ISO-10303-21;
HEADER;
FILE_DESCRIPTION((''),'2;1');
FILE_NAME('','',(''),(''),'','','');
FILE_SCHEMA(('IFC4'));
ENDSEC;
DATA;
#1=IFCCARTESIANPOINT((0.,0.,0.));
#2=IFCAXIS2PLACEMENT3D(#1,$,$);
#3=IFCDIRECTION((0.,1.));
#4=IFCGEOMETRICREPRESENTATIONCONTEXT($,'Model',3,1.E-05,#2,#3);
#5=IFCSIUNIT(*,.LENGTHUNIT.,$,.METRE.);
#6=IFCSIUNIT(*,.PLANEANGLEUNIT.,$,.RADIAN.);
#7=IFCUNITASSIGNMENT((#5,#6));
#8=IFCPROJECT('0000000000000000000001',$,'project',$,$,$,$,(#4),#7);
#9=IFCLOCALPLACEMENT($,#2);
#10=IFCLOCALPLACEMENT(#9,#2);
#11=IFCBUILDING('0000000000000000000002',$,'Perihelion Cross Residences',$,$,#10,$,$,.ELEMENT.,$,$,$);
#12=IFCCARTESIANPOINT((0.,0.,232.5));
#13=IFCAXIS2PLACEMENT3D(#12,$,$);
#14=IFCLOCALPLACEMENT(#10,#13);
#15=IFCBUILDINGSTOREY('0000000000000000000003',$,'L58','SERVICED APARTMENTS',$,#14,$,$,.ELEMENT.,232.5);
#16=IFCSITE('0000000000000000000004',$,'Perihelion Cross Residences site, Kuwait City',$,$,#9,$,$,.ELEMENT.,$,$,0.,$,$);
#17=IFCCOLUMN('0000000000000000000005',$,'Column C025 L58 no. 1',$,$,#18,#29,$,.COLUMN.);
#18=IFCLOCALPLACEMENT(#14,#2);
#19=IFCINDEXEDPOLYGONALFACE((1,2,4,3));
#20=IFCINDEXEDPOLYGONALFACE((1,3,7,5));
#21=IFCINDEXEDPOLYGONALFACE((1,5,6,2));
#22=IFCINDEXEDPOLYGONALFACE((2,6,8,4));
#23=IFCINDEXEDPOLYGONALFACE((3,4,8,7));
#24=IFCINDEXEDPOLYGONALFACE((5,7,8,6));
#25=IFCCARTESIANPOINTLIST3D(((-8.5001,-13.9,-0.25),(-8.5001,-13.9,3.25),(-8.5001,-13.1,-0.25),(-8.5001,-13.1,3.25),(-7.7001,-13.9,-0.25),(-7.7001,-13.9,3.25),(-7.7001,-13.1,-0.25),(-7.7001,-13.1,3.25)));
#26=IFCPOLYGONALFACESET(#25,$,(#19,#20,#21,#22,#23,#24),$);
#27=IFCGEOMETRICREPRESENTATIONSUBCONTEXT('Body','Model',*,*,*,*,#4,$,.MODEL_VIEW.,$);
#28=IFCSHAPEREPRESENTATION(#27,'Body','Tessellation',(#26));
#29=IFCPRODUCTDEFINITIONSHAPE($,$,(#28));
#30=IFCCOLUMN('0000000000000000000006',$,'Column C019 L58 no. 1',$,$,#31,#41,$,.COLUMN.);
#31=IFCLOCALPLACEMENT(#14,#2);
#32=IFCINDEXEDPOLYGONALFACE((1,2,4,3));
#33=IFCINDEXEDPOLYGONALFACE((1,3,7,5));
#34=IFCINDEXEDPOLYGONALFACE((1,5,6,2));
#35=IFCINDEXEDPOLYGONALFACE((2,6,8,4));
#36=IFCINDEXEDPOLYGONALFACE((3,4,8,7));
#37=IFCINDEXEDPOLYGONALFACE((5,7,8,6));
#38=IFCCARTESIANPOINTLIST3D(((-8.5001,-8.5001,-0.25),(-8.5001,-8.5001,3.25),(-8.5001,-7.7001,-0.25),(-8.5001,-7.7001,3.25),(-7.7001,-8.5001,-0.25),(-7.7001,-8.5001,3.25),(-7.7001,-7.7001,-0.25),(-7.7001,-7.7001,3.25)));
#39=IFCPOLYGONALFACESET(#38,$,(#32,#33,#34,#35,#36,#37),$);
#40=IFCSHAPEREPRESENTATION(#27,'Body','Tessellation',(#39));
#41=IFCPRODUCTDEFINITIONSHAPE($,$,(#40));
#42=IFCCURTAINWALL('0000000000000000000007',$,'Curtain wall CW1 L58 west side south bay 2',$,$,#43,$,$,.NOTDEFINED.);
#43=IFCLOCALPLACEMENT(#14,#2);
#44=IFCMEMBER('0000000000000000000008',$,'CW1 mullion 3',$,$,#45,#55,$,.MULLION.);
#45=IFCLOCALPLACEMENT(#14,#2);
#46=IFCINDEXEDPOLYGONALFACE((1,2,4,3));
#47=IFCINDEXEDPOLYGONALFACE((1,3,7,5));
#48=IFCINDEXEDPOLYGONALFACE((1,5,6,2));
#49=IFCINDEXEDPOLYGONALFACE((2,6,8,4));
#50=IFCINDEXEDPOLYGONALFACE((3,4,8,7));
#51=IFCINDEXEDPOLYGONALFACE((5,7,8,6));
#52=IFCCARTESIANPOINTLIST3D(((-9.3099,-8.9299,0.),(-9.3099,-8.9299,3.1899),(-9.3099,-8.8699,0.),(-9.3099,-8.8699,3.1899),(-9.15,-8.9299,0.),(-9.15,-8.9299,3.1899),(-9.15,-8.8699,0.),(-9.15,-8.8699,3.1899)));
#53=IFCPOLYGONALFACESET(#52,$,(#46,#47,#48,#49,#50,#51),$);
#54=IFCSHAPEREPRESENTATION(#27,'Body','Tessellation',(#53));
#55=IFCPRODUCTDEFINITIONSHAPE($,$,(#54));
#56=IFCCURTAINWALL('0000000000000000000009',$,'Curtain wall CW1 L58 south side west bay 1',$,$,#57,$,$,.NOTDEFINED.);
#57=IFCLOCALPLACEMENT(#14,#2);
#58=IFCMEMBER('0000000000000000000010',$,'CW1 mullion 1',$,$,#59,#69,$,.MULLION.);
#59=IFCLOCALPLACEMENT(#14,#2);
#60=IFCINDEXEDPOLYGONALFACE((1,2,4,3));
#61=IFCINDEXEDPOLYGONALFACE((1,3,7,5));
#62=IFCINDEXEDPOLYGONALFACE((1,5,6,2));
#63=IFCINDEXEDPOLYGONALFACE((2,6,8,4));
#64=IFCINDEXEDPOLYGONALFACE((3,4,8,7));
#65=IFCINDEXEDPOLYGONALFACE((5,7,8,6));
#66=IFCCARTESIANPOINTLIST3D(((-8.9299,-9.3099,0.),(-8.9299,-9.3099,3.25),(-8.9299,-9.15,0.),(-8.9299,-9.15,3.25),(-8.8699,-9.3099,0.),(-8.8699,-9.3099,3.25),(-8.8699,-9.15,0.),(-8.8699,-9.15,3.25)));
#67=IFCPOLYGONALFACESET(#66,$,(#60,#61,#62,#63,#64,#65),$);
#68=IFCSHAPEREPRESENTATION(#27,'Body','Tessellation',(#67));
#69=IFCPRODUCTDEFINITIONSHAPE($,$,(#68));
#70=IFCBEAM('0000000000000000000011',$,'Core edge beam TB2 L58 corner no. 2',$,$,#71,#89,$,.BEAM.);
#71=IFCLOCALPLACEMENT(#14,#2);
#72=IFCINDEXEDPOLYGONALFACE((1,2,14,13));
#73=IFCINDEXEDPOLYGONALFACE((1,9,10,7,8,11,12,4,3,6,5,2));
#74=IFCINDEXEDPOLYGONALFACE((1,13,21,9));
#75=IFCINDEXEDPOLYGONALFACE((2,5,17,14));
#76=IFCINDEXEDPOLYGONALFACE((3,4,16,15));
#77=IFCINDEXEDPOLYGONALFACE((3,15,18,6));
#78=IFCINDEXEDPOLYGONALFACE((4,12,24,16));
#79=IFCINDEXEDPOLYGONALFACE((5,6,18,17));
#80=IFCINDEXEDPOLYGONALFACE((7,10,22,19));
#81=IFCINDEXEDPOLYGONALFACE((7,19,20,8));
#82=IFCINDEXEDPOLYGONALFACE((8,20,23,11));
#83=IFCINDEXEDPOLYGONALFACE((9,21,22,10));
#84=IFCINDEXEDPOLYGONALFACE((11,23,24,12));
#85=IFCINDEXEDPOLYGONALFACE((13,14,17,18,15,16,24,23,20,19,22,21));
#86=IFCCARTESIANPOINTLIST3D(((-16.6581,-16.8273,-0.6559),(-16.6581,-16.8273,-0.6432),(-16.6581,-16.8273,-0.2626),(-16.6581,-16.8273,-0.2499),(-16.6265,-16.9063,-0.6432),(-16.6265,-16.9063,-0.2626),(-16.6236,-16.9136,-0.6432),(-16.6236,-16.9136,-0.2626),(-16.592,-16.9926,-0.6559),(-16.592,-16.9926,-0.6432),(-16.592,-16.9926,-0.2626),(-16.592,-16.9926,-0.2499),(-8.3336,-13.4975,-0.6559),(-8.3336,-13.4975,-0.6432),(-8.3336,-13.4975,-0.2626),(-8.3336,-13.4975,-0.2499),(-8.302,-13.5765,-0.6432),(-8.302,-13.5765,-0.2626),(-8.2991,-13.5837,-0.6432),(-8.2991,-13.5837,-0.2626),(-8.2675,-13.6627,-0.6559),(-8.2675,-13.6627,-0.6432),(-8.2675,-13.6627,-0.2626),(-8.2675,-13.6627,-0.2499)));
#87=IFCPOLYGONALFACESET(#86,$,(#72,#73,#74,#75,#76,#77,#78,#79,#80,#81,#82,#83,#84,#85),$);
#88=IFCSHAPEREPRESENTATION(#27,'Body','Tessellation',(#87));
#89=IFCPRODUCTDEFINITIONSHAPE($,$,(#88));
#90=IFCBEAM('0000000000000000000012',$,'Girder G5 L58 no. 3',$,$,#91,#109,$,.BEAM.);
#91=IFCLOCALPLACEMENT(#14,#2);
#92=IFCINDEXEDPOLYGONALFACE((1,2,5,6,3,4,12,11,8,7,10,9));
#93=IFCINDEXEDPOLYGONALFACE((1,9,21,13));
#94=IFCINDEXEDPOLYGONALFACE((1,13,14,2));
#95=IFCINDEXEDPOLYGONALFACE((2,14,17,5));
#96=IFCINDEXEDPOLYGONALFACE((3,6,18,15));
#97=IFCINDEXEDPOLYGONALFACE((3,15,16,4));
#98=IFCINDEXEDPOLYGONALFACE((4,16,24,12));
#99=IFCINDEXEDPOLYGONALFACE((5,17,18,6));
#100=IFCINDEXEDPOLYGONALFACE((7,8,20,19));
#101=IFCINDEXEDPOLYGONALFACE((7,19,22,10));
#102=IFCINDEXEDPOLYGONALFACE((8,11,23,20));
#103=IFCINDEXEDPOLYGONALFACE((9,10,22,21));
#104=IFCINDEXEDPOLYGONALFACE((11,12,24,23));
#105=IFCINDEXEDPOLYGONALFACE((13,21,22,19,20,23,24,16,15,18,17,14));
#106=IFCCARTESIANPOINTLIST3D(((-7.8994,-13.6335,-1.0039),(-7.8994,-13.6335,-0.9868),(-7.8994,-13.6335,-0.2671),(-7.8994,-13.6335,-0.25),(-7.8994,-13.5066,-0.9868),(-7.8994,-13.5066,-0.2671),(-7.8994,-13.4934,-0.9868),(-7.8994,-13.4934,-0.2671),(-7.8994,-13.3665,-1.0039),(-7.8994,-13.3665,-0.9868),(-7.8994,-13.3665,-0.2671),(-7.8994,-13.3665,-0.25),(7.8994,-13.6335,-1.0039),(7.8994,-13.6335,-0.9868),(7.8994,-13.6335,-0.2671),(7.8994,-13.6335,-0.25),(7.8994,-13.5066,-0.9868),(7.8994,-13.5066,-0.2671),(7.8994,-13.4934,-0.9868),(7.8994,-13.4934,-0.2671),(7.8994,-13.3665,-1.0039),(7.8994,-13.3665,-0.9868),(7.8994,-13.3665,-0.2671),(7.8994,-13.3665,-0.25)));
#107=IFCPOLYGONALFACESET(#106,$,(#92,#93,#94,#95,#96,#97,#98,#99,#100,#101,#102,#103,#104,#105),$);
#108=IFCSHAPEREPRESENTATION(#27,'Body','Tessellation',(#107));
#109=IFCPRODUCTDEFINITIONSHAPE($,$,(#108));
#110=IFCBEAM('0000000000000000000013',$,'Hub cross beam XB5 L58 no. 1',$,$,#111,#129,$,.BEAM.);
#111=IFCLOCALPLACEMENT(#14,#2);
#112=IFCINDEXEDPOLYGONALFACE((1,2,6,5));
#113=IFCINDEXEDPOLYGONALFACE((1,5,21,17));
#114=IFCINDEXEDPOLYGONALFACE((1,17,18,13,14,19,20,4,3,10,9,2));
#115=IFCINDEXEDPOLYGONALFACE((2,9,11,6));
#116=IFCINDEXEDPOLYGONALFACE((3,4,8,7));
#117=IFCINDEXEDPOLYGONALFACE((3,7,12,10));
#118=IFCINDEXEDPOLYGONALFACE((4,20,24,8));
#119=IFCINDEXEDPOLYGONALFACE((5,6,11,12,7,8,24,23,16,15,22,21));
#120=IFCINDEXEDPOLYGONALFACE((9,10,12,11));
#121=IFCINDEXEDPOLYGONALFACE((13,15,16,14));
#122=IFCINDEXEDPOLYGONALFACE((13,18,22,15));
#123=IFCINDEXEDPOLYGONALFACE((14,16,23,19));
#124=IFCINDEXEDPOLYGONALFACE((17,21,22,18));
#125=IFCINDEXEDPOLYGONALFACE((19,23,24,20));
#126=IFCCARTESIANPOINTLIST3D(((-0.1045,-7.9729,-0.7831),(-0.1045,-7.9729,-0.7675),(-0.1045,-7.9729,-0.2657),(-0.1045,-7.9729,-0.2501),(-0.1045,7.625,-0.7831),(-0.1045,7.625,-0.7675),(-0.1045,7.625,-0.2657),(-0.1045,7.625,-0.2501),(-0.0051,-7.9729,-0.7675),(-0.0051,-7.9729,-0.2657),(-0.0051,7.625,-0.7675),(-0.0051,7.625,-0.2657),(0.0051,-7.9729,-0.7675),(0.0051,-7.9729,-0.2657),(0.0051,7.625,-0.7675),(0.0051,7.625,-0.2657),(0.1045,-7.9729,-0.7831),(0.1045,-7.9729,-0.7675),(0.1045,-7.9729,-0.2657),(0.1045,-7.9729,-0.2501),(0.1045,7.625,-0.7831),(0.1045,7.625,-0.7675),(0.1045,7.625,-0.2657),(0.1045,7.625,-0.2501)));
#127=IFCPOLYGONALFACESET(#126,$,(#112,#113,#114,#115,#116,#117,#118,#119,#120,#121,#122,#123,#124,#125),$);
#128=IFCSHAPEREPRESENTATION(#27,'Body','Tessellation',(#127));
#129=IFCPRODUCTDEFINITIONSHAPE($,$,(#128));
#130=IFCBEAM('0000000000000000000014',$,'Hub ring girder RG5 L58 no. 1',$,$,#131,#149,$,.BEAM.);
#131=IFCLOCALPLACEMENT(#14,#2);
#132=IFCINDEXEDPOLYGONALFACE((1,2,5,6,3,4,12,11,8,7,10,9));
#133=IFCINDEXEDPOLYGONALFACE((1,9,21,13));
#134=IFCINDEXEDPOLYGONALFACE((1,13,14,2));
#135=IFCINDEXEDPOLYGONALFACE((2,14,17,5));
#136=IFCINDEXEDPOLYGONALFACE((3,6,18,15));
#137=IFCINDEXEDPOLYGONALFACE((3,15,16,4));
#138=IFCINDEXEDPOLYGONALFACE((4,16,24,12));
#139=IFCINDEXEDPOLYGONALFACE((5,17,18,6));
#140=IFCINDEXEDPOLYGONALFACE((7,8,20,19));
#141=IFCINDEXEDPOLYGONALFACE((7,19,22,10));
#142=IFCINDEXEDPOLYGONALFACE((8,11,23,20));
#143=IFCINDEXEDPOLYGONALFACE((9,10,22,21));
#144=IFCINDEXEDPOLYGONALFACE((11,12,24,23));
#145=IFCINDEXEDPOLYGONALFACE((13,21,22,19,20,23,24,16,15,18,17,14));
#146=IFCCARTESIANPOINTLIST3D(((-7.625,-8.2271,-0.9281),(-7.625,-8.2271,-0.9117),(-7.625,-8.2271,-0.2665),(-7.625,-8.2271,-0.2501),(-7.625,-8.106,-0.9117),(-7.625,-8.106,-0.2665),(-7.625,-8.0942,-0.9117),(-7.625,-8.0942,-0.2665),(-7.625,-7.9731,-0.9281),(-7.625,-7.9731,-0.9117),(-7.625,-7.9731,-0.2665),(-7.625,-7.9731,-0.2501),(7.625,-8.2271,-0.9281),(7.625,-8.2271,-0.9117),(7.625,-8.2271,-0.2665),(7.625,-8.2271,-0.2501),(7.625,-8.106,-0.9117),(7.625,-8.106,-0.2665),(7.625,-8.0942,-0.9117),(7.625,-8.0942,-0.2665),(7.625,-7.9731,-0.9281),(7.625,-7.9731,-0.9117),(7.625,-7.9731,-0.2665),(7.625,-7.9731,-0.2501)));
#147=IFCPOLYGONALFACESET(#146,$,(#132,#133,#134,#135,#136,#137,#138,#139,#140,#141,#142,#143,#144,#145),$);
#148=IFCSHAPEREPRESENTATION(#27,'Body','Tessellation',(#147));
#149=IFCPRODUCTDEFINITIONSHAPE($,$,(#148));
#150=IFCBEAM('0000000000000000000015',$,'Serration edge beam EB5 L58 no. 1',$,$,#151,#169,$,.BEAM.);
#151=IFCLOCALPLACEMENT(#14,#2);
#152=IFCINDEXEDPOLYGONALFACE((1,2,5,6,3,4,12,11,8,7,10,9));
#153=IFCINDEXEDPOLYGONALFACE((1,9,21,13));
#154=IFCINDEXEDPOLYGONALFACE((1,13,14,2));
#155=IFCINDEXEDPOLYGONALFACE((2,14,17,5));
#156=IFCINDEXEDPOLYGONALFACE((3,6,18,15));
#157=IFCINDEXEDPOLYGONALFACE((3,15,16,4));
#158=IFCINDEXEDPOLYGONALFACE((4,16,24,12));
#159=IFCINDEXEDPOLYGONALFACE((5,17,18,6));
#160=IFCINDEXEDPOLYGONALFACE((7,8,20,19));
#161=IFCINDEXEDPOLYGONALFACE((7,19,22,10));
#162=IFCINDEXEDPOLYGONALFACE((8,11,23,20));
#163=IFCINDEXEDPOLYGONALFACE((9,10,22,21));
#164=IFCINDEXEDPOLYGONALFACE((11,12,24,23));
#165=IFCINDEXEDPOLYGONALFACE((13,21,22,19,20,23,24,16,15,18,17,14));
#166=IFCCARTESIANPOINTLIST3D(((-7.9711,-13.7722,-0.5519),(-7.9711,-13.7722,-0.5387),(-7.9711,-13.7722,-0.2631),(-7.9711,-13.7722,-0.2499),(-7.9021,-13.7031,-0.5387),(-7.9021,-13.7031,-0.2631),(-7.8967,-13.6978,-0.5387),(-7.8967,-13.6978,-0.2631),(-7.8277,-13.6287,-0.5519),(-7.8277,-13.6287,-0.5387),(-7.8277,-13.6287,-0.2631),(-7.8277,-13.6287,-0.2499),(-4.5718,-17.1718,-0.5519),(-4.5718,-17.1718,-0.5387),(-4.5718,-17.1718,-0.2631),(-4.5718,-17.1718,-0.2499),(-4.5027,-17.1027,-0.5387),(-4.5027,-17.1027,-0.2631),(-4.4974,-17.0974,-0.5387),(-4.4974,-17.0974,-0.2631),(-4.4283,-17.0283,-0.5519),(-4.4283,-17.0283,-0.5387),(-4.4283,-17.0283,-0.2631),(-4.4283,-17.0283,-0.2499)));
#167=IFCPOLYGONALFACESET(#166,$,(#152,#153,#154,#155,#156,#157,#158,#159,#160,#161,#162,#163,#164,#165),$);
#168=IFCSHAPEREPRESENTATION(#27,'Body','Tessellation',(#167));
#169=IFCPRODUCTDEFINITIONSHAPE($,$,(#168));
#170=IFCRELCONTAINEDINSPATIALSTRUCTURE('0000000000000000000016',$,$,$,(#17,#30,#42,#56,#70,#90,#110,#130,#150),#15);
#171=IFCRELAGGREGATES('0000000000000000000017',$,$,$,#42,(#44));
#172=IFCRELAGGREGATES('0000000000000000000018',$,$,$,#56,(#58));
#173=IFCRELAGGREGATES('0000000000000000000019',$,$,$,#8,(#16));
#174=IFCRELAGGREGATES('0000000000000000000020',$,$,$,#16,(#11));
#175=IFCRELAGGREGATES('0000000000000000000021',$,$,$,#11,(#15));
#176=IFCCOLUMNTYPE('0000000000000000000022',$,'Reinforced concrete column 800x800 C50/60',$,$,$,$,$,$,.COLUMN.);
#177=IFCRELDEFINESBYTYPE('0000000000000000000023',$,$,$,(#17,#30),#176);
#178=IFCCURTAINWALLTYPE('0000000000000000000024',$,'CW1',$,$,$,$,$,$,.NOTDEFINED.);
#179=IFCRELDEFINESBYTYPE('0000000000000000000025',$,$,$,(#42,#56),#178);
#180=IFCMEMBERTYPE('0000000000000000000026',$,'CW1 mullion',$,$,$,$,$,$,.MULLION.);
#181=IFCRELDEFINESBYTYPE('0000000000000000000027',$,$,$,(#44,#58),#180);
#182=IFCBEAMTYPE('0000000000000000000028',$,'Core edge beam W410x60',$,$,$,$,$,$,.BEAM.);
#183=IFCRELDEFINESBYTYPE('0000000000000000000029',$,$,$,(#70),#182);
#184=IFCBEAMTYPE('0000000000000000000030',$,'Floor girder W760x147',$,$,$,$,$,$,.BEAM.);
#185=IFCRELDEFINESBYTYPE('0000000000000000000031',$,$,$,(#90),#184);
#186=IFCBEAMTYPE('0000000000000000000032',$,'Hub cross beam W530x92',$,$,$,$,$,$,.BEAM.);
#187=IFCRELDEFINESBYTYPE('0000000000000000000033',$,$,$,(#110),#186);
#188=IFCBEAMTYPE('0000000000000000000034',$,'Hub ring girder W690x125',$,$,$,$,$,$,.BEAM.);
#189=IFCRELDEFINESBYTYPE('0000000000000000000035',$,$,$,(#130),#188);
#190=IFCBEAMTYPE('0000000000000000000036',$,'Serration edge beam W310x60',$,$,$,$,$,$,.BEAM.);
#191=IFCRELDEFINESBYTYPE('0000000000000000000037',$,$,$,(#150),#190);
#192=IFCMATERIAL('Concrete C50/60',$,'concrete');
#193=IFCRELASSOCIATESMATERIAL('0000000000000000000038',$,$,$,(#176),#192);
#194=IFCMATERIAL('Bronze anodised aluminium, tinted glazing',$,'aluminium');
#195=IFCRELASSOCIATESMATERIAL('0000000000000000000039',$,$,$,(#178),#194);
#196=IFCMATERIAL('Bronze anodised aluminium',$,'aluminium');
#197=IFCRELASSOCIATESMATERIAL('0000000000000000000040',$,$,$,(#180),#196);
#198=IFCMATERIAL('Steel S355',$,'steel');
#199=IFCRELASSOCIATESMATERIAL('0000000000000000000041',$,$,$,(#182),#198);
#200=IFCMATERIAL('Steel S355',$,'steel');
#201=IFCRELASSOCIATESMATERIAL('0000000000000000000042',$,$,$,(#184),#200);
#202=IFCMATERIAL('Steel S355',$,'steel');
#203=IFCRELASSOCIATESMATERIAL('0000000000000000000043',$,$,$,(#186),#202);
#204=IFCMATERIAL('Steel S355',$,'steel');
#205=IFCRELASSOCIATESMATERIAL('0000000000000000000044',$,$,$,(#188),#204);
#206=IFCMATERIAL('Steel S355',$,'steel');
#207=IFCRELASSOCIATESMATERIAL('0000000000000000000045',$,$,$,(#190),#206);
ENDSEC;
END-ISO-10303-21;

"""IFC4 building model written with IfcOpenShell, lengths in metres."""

from ifc_helpers import new_model, si_unit, direction, frame, origin, origin_2d, place, context, subcontext, project, spatial, rectangle, i_section, extrude, material, material_profile, profile_set, type_object, element, aggregate, save


model = new_model("IFC4")

# Units and contexts
model_context = context("Model", 3, precision=1e-05, world=origin(), true_north=direction((0.0, 1.0)))
body_context = subcontext(model_context, "Body", "Model", "MODEL_VIEW")
ifc_project = project(units=[si_unit("LENGTHUNIT", "METRE"), si_unit("PLANEANGLEUNIT", "RADIAN")], contexts=[model_context])

# Site, building, storey
site_placement = place(None, origin())
site = spatial("IfcSite", under=ifc_project, at=site_placement, Name="Perihelion Cross Residences site, Kuwait City", CompositionType="ELEMENT", RefElevation=0.0)
building_placement = place(site_placement, origin())
building = spatial("IfcBuilding", under=site, at=building_placement, Name="Perihelion Cross Residences", CompositionType="ELEMENT")
storey_placement = place(building_placement, frame((0.0, 0.0, 232.5)))
storey = spatial("IfcBuildingStorey", under=building, at=storey_placement, Name="L58", Description="SERVICED APARTMENTS", CompositionType="ELEMENT", Elevation=232.5)

# Columns
ifc_material_1 = material(Name="Concrete C50/60", Category="concrete")
ifc_material_profile_1 = material_profile(ifc_material_1, rectangle(XDim=0.8, YDim=0.8, at=origin_2d()), Name="RC 800x800")
ifc_profile_set_1 = profile_set([ifc_material_profile_1], Name="Concrete C50/60")
column_type = type_object("IfcColumnType", Name="Reinforced concrete column 800x800 C50/60", PredefinedType="COLUMN", material=ifc_profile_set_1)
for number, where, z_axis, x_axis, name in (
    (1, (-8.1001, -13.5, -0.25), (0.0, 0.0, 1.0), (1.0, 0.0, 0.0), "Column C025 L58 no. 1"),
    (2, (-8.1001, -8.1001, -0.25), (0.0, 0.0, 1.0), (1.0, 0.0, 0.0), "Column C019 L58 no. 1"),
):
    element("IfcColumn", number, at=place(storey_placement, frame(where, z_axis=z_axis, x_axis=x_axis)), inside=storey, type_object=column_type, Name=name, PredefinedType="COLUMN", context=body_context, shape_type="SweptSolid", body=[
        extrude(rectangle(XDim=0.8, YDim=0.8, at=origin_2d()), origin(), (0.0, 0.0, 1.0), 3.5),
    ])

# Curtain walls, members
ifc_material_2 = material(Name="Bronze anodised aluminium, tinted glazing", Category="aluminium")
curtain_wall_type = type_object("IfcCurtainWallType", Name="CW1", PredefinedType="NOTDEFINED", material=ifc_material_2)
curtain_wall_1_placement = place(storey_placement, origin())
curtain_wall_1 = element("IfcCurtainWall", 3, at=curtain_wall_1_placement, inside=storey, type_object=curtain_wall_type, Name="Curtain wall CW1 L58 west side south bay 2", PredefinedType="NOTDEFINED")
ifc_material_3 = material(Name="Bronze anodised aluminium", Category="aluminium")
ifc_material_profile_2 = material_profile(ifc_material_3, rectangle(XDim=0.0601, YDim=0.1599, at=origin_2d()), Name="CW1 mullion")
ifc_profile_set_2 = profile_set([ifc_material_profile_2], Name="Bronze anodised aluminium")
member_type = type_object("IfcMemberType", Name="CW1 mullion", PredefinedType="MULLION", material=ifc_profile_set_2)
member_1_placement = place(storey_placement, frame((-9.23, -8.8999, 0.0), z_axis=(0.0, 0.0, 1.0), x_axis=(0.0, 1.0, 0.0)))
member_1 = element("IfcMember", 4, at=member_1_placement, type_object=member_type, Name="CW1 mullion 3", PredefinedType="MULLION", context=body_context, shape_type="SweptSolid", body=[
    extrude(rectangle(XDim=0.0601, YDim=0.1599, at=origin_2d()), origin(), (0.0, 0.0, 1.0), 3.1899),
])
curtain_wall_2_placement = place(storey_placement, origin())
curtain_wall_2 = element("IfcCurtainWall", 5, at=curtain_wall_2_placement, inside=storey, type_object=curtain_wall_type, Name="Curtain wall CW1 L58 south side west bay 1", PredefinedType="NOTDEFINED")
member_2_placement = place(storey_placement, frame((-8.8999, -9.23, 0.0), z_axis=(0.0, 0.0, 1.0), x_axis=(1.0, 0.0, 0.0)))
member_2 = element("IfcMember", 6, at=member_2_placement, type_object=member_type, Name="CW1 mullion 1", PredefinedType="MULLION", context=body_context, shape_type="SweptSolid", body=[
    extrude(rectangle(XDim=0.0601, YDim=0.1599, at=origin_2d()), origin(), (0.0, 0.0, 1.0), 3.25),
])

# Beams
ifc_material_4 = material(Name="Steel S355", Category="steel")
ifc_material_profile_3 = material_profile(ifc_material_4, i_section(OverallWidth=0.178, OverallDepth=0.406, WebThickness=0.0078, FlangeThickness=0.0127, at=origin_2d()), Name="W410x60")
ifc_profile_set_3 = profile_set([ifc_material_profile_3], Name="Steel S355")
beam_type_1 = type_object("IfcBeamType", Name="Core edge beam W410x60", PredefinedType="BEAM", material=ifc_profile_set_3)
beam_1_placement = place(storey_placement, frame((-8.3005, -13.5801, -0.4529), z_axis=(-0.928475, -0.371395, 0.0), x_axis=(0.371395, -0.928475, 0.0)))
element("IfcBeam", 7, at=beam_1_placement, inside=storey, type_object=beam_type_1, Name="Core edge beam TB2 L58 corner no. 2", PredefinedType="BEAM", context=body_context, shape_type="SweptSolid", body=[
    extrude(i_section(OverallWidth=0.178, OverallDepth=0.406, WebThickness=0.0078, FlangeThickness=0.0127, at=origin_2d()), origin(), (0.0, 0.0, 1.0), 8.9658),
])
ifc_material_5 = material(Name="Steel S355", Category="steel")
ifc_material_profile_4 = material_profile(ifc_material_5, i_section(OverallWidth=0.2671, OverallDepth=0.7539, WebThickness=0.0132, FlangeThickness=0.0171, at=origin_2d()), Name="W760x147")
ifc_profile_set_4 = profile_set([ifc_material_profile_4], Name="Steel S355")
beam_type_2 = type_object("IfcBeamType", Name="Floor girder W760x147", PredefinedType="BEAM", material=ifc_profile_set_4)
beam_2_placement = place(storey_placement, frame((-7.8994, -13.5, -0.627), z_axis=(1.0, 0.0, 0.0), x_axis=(0.0, 1.0, 0.0)))
element("IfcBeam", 8, at=beam_2_placement, inside=storey, type_object=beam_type_2, Name="Girder G5 L58 no. 3", PredefinedType="BEAM", context=body_context, shape_type="SweptSolid", body=[
    extrude(i_section(OverallWidth=0.2671, OverallDepth=0.7539, WebThickness=0.0132, FlangeThickness=0.0171, at=origin_2d()), origin(), (0.0, 0.0, 1.0), 15.7988),
])
ifc_material_6 = material(Name="Steel S355", Category="steel")
ifc_material_profile_5 = material_profile(ifc_material_6, i_section(OverallWidth=0.209, OverallDepth=0.533, WebThickness=0.0103, FlangeThickness=0.0156, at=origin_2d()), Name="W530x92")
ifc_profile_set_5 = profile_set([ifc_material_profile_5], Name="Steel S355")
beam_type_3 = type_object("IfcBeamType", Name="Hub cross beam W530x92", PredefinedType="BEAM", material=ifc_profile_set_5)
beam_3_placement = place(storey_placement, frame((0.0, -7.9729, -0.5166), z_axis=(0.0, 1.0, 0.0), x_axis=(-1.0, 0.0, 0.0)))
element("IfcBeam", 9, at=beam_3_placement, inside=storey, type_object=beam_type_3, Name="Hub cross beam XB5 L58 no. 1", PredefinedType="BEAM", context=body_context, shape_type="SweptSolid", body=[
    extrude(i_section(OverallWidth=0.209, OverallDepth=0.533, WebThickness=0.0103, FlangeThickness=0.0156, at=origin_2d()), origin(), (0.0, 0.0, 1.0), 15.5979),
])
ifc_material_7 = material(Name="Steel S355", Category="steel")
ifc_material_profile_6 = material_profile(ifc_material_7, i_section(OverallWidth=0.2539, OverallDepth=0.678, WebThickness=0.0117, FlangeThickness=0.0164, at=origin_2d()), Name="W690x125")
ifc_profile_set_6 = profile_set([ifc_material_profile_6], Name="Steel S355")
beam_type_4 = type_object("IfcBeamType", Name="Hub ring girder W690x125", PredefinedType="BEAM", material=ifc_profile_set_6)
beam_4_placement = place(storey_placement, frame((-7.625, -8.1001, -0.5891), z_axis=(1.0, 0.0, 0.0), x_axis=(0.0, 1.0, 0.0)))
element("IfcBeam", 10, at=beam_4_placement, inside=storey, type_object=beam_type_4, Name="Hub ring girder RG5 L58 no. 1", PredefinedType="BEAM", context=body_context, shape_type="SweptSolid", body=[
    extrude(i_section(OverallWidth=0.2539, OverallDepth=0.678, WebThickness=0.0117, FlangeThickness=0.0164, at=origin_2d()), origin(), (0.0, 0.0, 1.0), 15.25),
])
ifc_material_8 = material(Name="Steel S355", Category="steel")
ifc_material_profile_7 = material_profile(ifc_material_8, i_section(OverallWidth=0.2029, OverallDepth=0.302, WebThickness=0.0076, FlangeThickness=0.0132, at=origin_2d()), Name="W310x60")
ifc_profile_set_7 = profile_set([ifc_material_profile_7], Name="Steel S355")
beam_type_5 = type_object("IfcBeamType", Name="Serration edge beam W310x60", PredefinedType="BEAM", material=ifc_profile_set_7)
beam_5_placement = place(storey_placement, frame((-7.8994, -13.7004, -0.4009), z_axis=(0.707081, -0.707132, 0.0), x_axis=(0.707132, 0.707081, 0.0)))
element("IfcBeam", 11, at=beam_5_placement, inside=storey, type_object=beam_type_5, Name="Serration edge beam EB5 L58 no. 1", PredefinedType="BEAM", context=body_context, shape_type="SweptSolid", body=[
    extrude(i_section(OverallWidth=0.2029, OverallDepth=0.302, WebThickness=0.0076, FlangeThickness=0.0132, at=origin_2d()), origin(), (0.0, 0.0, 1.0), 4.8076),
])

aggregate(curtain_wall_1, [member_1])
aggregate(curtain_wall_2, [member_2])

save(model, "model.ifc")
